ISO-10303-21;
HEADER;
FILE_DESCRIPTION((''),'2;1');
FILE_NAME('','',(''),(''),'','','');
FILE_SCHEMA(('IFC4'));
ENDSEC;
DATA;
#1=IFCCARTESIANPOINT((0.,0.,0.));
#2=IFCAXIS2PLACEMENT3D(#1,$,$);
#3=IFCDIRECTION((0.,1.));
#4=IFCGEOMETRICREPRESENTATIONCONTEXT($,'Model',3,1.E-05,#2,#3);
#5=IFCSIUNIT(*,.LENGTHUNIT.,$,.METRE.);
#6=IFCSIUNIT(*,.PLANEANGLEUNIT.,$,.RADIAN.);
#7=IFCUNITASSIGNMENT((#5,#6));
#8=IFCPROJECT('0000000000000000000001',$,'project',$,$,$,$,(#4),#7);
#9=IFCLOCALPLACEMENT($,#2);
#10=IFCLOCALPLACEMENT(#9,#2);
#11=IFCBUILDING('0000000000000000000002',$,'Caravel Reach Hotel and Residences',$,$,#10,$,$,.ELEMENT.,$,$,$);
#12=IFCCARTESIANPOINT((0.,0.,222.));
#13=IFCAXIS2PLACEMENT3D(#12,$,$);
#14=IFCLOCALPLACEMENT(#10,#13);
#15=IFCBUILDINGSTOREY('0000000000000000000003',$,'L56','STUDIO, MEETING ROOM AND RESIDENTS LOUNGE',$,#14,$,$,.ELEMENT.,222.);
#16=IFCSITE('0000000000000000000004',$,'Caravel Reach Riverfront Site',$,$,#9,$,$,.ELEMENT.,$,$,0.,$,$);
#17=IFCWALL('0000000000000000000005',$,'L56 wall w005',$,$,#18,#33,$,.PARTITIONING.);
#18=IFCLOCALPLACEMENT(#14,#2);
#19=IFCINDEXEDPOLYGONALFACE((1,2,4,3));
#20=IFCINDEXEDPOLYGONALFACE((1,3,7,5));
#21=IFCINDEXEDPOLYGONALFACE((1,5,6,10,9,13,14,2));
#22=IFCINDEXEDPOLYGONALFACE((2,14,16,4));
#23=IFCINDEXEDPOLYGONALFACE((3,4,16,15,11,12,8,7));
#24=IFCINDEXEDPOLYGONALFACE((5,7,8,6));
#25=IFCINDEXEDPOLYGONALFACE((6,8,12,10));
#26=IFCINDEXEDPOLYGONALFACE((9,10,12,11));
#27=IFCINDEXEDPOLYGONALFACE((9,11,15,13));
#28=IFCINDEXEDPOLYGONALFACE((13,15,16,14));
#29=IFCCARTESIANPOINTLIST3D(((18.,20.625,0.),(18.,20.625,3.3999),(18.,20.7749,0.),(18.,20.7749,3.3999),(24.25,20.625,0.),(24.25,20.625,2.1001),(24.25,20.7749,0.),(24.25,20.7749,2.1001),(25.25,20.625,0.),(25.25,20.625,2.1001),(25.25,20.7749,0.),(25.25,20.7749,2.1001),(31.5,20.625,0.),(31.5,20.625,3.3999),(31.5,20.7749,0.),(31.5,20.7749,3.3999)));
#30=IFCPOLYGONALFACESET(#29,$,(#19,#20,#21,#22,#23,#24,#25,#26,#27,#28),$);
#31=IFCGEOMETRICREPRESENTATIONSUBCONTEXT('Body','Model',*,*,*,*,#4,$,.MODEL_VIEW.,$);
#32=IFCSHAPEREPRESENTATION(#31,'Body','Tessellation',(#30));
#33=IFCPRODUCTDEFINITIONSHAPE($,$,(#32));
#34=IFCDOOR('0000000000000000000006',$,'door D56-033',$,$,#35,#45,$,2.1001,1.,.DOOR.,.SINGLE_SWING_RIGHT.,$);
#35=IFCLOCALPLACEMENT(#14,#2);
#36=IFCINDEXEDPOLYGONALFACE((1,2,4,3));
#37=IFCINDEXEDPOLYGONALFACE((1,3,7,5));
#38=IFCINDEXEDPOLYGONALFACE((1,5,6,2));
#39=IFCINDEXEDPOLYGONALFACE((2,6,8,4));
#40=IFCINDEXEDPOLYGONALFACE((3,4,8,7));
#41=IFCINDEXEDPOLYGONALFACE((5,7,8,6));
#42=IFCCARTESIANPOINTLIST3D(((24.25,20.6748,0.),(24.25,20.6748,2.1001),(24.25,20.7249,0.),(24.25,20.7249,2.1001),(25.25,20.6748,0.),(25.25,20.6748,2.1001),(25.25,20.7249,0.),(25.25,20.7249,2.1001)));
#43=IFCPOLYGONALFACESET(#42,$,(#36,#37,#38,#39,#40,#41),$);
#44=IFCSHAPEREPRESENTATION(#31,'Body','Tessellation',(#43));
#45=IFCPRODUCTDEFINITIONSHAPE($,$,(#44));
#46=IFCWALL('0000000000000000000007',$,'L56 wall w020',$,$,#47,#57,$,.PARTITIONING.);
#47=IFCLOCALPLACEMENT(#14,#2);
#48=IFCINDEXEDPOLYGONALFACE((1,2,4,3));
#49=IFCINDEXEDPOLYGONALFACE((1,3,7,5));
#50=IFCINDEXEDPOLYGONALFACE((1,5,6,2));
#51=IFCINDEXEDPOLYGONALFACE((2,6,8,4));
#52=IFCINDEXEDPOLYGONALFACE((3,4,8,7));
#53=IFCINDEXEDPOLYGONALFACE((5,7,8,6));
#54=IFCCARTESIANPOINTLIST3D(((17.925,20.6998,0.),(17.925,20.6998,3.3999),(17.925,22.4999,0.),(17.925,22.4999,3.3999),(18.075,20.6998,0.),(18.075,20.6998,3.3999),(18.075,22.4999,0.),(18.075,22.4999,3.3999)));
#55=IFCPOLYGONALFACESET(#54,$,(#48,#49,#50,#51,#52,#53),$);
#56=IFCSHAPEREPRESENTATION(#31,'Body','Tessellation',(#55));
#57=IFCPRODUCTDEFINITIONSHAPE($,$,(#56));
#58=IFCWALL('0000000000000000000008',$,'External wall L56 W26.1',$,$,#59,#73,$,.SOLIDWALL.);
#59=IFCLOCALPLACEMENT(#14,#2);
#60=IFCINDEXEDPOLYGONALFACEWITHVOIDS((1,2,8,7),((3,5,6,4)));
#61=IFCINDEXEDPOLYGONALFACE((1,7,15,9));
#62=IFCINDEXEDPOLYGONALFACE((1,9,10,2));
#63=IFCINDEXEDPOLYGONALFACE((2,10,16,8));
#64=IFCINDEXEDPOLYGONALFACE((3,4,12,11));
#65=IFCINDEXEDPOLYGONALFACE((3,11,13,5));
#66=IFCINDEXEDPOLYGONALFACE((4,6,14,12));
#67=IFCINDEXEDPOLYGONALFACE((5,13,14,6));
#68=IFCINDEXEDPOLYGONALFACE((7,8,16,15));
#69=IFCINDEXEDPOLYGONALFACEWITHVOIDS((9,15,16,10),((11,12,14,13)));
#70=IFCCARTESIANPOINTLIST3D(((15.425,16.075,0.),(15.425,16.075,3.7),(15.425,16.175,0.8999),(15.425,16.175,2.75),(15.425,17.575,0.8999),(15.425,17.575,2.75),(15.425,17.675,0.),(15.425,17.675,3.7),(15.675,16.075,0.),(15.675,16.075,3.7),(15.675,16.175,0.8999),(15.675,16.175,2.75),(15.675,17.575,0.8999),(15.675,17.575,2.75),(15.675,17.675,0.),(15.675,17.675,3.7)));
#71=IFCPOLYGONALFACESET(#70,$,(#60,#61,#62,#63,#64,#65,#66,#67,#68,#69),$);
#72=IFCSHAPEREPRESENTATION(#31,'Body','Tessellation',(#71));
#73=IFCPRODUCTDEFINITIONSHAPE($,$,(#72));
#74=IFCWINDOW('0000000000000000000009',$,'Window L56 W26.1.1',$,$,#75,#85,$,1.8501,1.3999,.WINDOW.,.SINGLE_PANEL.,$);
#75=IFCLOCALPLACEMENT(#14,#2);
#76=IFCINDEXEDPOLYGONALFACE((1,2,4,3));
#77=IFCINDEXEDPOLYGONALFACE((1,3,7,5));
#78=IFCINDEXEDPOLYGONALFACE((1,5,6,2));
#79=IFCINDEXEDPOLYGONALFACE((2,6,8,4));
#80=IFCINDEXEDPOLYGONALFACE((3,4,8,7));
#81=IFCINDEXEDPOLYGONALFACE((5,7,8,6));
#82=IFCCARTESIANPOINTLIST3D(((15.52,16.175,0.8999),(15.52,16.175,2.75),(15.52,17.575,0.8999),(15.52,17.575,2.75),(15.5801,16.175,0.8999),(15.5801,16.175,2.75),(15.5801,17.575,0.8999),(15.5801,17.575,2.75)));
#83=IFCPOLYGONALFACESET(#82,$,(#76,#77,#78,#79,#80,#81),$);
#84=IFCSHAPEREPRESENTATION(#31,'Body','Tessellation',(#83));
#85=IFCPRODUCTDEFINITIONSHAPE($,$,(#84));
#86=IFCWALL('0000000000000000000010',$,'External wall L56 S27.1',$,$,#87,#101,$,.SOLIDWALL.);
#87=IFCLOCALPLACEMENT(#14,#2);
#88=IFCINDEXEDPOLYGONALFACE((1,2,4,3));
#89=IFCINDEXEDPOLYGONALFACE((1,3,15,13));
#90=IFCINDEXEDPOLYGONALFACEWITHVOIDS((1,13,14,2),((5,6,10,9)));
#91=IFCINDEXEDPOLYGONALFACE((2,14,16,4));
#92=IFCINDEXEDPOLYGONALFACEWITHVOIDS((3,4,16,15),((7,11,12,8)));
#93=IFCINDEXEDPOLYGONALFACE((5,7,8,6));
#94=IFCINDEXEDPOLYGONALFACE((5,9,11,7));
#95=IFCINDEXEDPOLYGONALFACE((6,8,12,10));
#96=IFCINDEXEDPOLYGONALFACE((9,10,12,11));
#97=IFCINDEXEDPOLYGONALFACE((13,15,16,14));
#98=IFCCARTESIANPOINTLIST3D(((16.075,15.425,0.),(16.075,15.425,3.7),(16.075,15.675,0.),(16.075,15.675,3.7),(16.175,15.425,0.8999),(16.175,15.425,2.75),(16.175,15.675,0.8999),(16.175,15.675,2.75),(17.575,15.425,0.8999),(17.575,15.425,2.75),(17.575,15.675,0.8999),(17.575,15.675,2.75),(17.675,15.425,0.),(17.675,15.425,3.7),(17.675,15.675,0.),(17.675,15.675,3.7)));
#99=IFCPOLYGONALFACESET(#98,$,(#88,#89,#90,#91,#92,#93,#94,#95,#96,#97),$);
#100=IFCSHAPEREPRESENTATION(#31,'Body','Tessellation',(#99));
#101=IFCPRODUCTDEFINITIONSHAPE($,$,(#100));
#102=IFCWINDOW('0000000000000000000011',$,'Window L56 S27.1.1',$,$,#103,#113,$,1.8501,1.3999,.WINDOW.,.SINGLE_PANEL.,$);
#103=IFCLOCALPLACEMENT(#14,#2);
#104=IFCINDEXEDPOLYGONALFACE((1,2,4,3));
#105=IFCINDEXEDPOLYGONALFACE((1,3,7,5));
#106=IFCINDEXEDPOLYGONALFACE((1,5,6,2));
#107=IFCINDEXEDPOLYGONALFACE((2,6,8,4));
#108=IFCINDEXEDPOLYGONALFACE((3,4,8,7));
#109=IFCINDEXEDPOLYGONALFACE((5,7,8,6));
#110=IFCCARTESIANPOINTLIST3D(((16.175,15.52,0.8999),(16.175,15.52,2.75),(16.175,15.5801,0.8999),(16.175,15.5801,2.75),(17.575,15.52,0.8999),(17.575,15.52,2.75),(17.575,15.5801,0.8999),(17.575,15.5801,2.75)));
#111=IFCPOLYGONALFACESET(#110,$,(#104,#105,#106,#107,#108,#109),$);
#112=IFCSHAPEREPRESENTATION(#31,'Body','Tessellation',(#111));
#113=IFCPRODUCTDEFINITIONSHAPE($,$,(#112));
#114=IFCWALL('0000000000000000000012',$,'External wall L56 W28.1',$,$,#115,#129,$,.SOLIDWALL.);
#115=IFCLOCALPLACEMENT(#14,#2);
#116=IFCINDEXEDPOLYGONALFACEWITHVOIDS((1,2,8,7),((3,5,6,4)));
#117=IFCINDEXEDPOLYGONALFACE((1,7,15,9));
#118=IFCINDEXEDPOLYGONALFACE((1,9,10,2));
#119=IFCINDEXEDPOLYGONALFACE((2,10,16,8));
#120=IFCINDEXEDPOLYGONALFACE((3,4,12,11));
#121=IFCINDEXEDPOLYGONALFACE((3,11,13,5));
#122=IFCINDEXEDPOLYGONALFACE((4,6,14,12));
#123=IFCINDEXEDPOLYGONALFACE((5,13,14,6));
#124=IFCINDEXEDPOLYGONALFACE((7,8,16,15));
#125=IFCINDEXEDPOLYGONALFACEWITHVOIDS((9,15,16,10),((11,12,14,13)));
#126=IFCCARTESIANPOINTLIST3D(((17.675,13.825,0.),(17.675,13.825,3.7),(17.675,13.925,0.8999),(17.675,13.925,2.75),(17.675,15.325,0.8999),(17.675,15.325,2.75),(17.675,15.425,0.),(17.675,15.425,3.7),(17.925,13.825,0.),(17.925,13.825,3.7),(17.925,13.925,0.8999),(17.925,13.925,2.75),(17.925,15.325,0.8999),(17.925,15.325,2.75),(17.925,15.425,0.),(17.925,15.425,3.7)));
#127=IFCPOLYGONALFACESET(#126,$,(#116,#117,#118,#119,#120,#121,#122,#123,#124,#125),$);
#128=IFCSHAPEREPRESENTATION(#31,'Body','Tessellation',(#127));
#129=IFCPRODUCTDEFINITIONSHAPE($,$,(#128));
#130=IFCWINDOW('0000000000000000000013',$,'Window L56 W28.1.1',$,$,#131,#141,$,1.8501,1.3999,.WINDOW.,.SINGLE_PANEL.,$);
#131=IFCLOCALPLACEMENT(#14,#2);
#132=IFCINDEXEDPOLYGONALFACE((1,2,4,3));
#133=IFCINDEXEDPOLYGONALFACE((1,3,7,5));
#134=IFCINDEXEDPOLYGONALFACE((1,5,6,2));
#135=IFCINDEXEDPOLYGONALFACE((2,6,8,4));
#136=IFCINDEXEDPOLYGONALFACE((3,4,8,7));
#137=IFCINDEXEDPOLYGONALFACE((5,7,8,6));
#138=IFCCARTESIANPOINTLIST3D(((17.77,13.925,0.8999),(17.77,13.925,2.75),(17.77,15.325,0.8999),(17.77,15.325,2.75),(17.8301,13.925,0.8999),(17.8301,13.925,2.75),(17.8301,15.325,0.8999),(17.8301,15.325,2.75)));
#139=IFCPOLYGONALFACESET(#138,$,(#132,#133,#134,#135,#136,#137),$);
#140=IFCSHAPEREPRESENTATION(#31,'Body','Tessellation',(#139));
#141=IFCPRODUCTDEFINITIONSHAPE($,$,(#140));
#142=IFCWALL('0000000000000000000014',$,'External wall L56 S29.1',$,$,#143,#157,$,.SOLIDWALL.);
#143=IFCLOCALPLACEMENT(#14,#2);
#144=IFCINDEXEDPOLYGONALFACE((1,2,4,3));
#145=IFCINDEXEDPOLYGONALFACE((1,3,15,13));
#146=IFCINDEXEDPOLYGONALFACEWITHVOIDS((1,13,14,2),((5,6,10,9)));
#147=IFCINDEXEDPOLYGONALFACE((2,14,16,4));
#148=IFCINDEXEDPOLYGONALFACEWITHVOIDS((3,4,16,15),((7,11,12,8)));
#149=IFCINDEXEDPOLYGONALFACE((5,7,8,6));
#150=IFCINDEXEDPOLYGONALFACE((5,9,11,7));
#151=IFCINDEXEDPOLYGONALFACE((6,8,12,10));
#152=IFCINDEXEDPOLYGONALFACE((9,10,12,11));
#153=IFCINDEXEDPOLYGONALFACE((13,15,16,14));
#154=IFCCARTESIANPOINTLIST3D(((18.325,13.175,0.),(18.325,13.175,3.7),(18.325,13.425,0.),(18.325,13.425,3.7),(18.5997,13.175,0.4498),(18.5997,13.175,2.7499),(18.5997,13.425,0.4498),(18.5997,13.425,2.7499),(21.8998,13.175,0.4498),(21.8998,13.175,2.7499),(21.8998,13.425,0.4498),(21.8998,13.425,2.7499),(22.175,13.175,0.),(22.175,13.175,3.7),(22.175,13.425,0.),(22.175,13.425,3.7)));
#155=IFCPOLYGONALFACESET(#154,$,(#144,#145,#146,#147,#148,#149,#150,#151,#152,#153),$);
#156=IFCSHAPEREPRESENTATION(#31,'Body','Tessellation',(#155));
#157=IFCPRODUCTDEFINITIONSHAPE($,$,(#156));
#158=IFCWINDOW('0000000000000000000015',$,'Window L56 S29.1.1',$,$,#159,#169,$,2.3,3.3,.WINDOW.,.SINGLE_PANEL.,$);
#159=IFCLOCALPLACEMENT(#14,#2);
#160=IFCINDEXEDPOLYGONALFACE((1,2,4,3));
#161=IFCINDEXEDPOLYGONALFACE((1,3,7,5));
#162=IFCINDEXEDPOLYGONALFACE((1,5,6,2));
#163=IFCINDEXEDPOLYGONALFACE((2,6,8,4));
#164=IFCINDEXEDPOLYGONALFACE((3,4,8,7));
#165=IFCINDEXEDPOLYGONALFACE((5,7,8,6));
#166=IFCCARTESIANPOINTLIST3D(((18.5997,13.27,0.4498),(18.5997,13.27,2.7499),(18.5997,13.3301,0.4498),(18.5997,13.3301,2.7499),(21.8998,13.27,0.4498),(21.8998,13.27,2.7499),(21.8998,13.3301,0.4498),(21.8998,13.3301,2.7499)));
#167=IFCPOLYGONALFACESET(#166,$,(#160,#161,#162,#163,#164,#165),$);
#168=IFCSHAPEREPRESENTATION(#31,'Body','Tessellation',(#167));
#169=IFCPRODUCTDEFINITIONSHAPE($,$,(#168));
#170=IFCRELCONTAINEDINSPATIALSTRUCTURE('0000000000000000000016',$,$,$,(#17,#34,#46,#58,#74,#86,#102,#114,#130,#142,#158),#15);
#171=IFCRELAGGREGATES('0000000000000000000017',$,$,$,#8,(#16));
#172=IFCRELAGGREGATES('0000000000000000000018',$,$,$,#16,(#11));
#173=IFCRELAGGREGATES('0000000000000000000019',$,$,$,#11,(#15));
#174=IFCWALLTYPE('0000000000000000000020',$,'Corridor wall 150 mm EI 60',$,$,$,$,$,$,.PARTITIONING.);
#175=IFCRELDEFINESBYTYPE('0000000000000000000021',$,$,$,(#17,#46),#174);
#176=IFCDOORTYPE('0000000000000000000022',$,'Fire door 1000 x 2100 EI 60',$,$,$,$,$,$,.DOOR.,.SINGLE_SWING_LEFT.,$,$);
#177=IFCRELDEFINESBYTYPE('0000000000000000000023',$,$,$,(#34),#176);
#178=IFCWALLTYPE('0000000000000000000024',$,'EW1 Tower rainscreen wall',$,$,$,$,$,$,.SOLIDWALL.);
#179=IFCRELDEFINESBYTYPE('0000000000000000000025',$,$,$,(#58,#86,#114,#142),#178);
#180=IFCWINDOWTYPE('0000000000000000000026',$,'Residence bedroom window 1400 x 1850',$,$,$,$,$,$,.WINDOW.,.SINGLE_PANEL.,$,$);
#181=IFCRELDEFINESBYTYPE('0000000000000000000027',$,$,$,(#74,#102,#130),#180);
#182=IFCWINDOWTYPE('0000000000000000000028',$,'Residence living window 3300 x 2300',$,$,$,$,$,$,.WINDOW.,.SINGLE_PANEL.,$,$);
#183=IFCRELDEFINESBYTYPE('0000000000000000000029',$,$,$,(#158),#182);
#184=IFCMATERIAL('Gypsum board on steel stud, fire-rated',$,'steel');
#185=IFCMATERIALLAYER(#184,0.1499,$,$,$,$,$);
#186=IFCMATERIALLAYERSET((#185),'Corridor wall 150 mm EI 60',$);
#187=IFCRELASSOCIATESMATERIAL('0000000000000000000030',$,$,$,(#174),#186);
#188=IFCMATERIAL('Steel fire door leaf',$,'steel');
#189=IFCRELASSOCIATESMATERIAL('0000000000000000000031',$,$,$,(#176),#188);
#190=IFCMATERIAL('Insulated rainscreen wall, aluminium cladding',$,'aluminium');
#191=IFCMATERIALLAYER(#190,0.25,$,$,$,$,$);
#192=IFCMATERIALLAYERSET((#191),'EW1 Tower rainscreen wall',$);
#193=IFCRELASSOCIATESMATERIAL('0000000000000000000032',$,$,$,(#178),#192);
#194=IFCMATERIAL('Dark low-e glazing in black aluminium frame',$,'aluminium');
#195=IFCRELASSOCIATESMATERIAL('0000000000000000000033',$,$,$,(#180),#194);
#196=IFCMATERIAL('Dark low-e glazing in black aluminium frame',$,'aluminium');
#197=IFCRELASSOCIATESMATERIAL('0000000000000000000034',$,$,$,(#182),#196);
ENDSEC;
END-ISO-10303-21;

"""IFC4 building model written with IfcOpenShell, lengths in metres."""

from ifc_helpers import new_model, si_unit, direction, frame, frame_2d, origin, place, context, subcontext, project, spatial, rectangle, extrude, material, layer, layer_set, type_object, element, fill, save


model = new_model("IFC4")

# Units and contexts
model_context = context("Model", 3, precision=1e-05, world=origin(), true_north=direction((0.0, 1.0)))
body_context = subcontext(model_context, "Body", "Model", "MODEL_VIEW")
ifc_project = project(units=[si_unit("LENGTHUNIT", "METRE"), si_unit("PLANEANGLEUNIT", "RADIAN")], contexts=[model_context])

# Site, building, storey
site_placement = place(None, origin())
site = spatial("IfcSite", under=ifc_project, at=site_placement, Name="Caravel Reach Riverfront Site", CompositionType="ELEMENT", RefElevation=0.0)
building_placement = place(site_placement, origin())
building = spatial("IfcBuilding", under=site, at=building_placement, Name="Caravel Reach Hotel and Residences", CompositionType="ELEMENT")
storey_placement = place(building_placement, frame((0.0, 0.0, 222.0)))
storey = spatial("IfcBuildingStorey", under=building, at=storey_placement, Name="L56", Description="STUDIO, MEETING ROOM AND RESIDENTS LOUNGE", CompositionType="ELEMENT", Elevation=222.0)

# Wall, opening, door
ifc_material_1 = material(Name="Gypsum board on steel stud, fire-rated", Category="steel")
ifc_layer_1 = layer(ifc_material_1, 0.1499)
ifc_layer_set_1 = layer_set([ifc_layer_1], Name="Corridor wall 150 mm EI 60")
wall_type_1 = type_object("IfcWallType", Name="Corridor wall 150 mm EI 60", PredefinedType="PARTITIONING", material=ifc_layer_set_1)
wall_1_placement = place(storey_placement, frame((18.0, 20.7, 0.0), z_axis=(0.0, 0.0, 1.0), x_axis=(1.0, 0.0, 0.0)))
wall_1 = element("IfcWall", 1, at=wall_1_placement, inside=storey, type_object=wall_type_1, Name="L56 wall w005", PredefinedType="PARTITIONING", context=body_context, shape_type="SweptSolid", body=[
    extrude(rectangle(XDim=13.5, YDim=0.1499, at=frame_2d((6.75, 0.0))), origin(), (0.0, 0.0, 1.0), 3.3999),
])
opening_1_placement = place(wall_1_placement, frame((6.25, 0.0, 0.0)))
opening_1 = element("IfcOpeningElement", 2, at=opening_1_placement, cuts=wall_1, PredefinedType="OPENING", context=body_context, shape_type="SweptSolid", body=[
    extrude(rectangle(XDim=1.0, YDim=2.1001, at=frame_2d((0.5, 1.05))), frame((0.0, 0.085, 0.0), z_axis=(0.0, -1.0, 0.0), x_axis=(1.0, 0.0, 0.0)), (0.0, 0.0, 1.0), 0.1699),
])
ifc_material_2 = material(Name="Steel fire door leaf", Category="steel")
door_type = type_object("IfcDoorType", Name="Fire door 1000 x 2100 EI 60", OperationType="SINGLE_SWING_LEFT", PredefinedType="DOOR", material=ifc_material_2)
door_placement = place(opening_1_placement, origin())
door = element("IfcDoor", 3, at=door_placement, inside=storey, type_object=door_type, Name="door D56-033", OperationType="SINGLE_SWING_RIGHT", OverallHeight=2.1001, OverallWidth=1.0, PredefinedType="DOOR", context=body_context, shape_type="SweptSolid", body=[
    extrude(rectangle(XDim=1.0, YDim=2.1001, at=frame_2d((0.5, 1.05))), frame((0.0, 0.0249, 0.0), z_axis=(0.0, -1.0, 0.0), x_axis=(1.0, 0.0, 0.0)), (0.0, 0.0, 1.0), 0.05),
])
fill(opening_1, door)

# Wall
wall_2_placement = place(storey_placement, frame((18.0, 20.7, 0.0), z_axis=(0.0, 0.0, 1.0), x_axis=(0.0, 1.0, 0.0)))
element("IfcWall", 4, at=wall_2_placement, inside=storey, type_object=wall_type_1, Name="L56 wall w020", PredefinedType="PARTITIONING", context=body_context, shape_type="SweptSolid", body=[
    extrude(rectangle(XDim=1.8, YDim=0.1499, at=frame_2d((0.8999, 0.0))), origin(), (0.0, 0.0, 1.0), 3.3999),
])

# Walls, openings, windows
ifc_material_3 = material(Name="Insulated rainscreen wall, aluminium cladding", Category="aluminium")
ifc_layer_2 = layer(ifc_material_3, 0.25)
ifc_layer_set_2 = layer_set([ifc_layer_2], Name="EW1 Tower rainscreen wall")
wall_type_2 = type_object("IfcWallType", Name="EW1 Tower rainscreen wall", PredefinedType="SOLIDWALL", material=ifc_layer_set_2)
wall_3_placement = place(storey_placement, frame((15.55, 17.675, 0.0), z_axis=(0.0, 0.0, 1.0), x_axis=(0.0, -1.0, 0.0)))
wall_3 = element("IfcWall", 5, at=wall_3_placement, inside=storey, type_object=wall_type_2, Name="External wall L56 W26.1", PredefinedType="SOLIDWALL", context=body_context, shape_type="SweptSolid", body=[
    extrude(rectangle(XDim=1.6001, YDim=0.25, at=frame_2d((0.8, 0.0))), origin(), (0.0, 0.0, 1.0), 3.7),
])
opening_2_placement = place(wall_3_placement, frame((0.1001, 0.0, 0.8999)))
opening_2 = element("IfcOpeningElement", 6, at=opening_2_placement, cuts=wall_3, PredefinedType="OPENING", context=body_context, shape_type="SweptSolid", body=[
    extrude(rectangle(XDim=1.3999, YDim=1.8501, at=frame_2d((0.7, 0.925))), frame((0.0, 0.135, 0.0), z_axis=(0.0, -1.0, 0.0), x_axis=(1.0, 0.0, 0.0)), (0.0, 0.0, 1.0), 0.27),
])
ifc_material_4 = material(Name="Dark low-e glazing in black aluminium frame", Category="aluminium")
window_type_1 = type_object("IfcWindowType", Name="Residence bedroom window 1400 x 1850", PartitioningType="SINGLE_PANEL", PredefinedType="WINDOW", material=ifc_material_4)
window_1_placement = place(opening_2_placement, origin())
window_1 = element("IfcWindow", 7, at=window_1_placement, inside=storey, type_object=window_type_1, Name="Window L56 W26.1.1", OverallHeight=1.8501, OverallWidth=1.3999, PartitioningType="SINGLE_PANEL", PredefinedType="WINDOW", context=body_context, shape_type="SweptSolid", body=[
    extrude(rectangle(XDim=1.3999, YDim=1.8501, at=frame_2d((0.7, 0.925))), frame((0.0, 0.03, 0.0), z_axis=(0.0, -1.0, 0.0), x_axis=(1.0, 0.0, 0.0)), (0.0, 0.0, 1.0), 0.0601),
])
fill(opening_2, window_1)
wall_4_placement = place(storey_placement, frame((16.075, 15.55, 0.0), z_axis=(0.0, 0.0, 1.0), x_axis=(1.0, 0.0, 0.0)))
wall_4 = element("IfcWall", 8, at=wall_4_placement, inside=storey, type_object=wall_type_2, Name="External wall L56 S27.1", PredefinedType="SOLIDWALL", context=body_context, shape_type="SweptSolid", body=[
    extrude(rectangle(XDim=1.6001, YDim=0.25, at=frame_2d((0.8, 0.0))), origin(), (0.0, 0.0, 1.0), 3.7),
])
opening_3_placement = place(wall_4_placement, frame((0.1001, 0.0, 0.8999)))
opening_3 = element("IfcOpeningElement", 9, at=opening_3_placement, cuts=wall_4, PredefinedType="OPENING", context=body_context, shape_type="SweptSolid", body=[
    extrude(rectangle(XDim=1.3999, YDim=1.8501, at=frame_2d((0.7, 0.925))), frame((0.0, 0.135, 0.0), z_axis=(0.0, -1.0, 0.0), x_axis=(1.0, 0.0, 0.0)), (0.0, 0.0, 1.0), 0.27),
])
window_2_placement = place(opening_3_placement, origin())
window_2 = element("IfcWindow", 10, at=window_2_placement, inside=storey, type_object=window_type_1, Name="Window L56 S27.1.1", OverallHeight=1.8501, OverallWidth=1.3999, PartitioningType="SINGLE_PANEL", PredefinedType="WINDOW", context=body_context, shape_type="SweptSolid", body=[
    extrude(rectangle(XDim=1.3999, YDim=1.8501, at=frame_2d((0.7, 0.925))), frame((0.0, 0.03, 0.0), z_axis=(0.0, -1.0, 0.0), x_axis=(1.0, 0.0, 0.0)), (0.0, 0.0, 1.0), 0.0601),
])
fill(opening_3, window_2)
wall_5_placement = place(storey_placement, frame((17.8, 15.425, 0.0), z_axis=(0.0, 0.0, 1.0), x_axis=(0.0, -1.0, 0.0)))
wall_5 = element("IfcWall", 11, at=wall_5_placement, inside=storey, type_object=wall_type_2, Name="External wall L56 W28.1", PredefinedType="SOLIDWALL", context=body_context, shape_type="SweptSolid", body=[
    extrude(rectangle(XDim=1.6001, YDim=0.25, at=frame_2d((0.8, 0.0))), origin(), (0.0, 0.0, 1.0), 3.7),
])
opening_4_placement = place(wall_5_placement, frame((0.1001, 0.0, 0.8999)))
opening_4 = element("IfcOpeningElement", 12, at=opening_4_placement, cuts=wall_5, PredefinedType="OPENING", context=body_context, shape_type="SweptSolid", body=[
    extrude(rectangle(XDim=1.3999, YDim=1.8501, at=frame_2d((0.7, 0.925))), frame((0.0, 0.135, 0.0), z_axis=(0.0, -1.0, 0.0), x_axis=(1.0, 0.0, 0.0)), (0.0, 0.0, 1.0), 0.27),
])
window_3_placement = place(opening_4_placement, origin())
window_3 = element("IfcWindow", 13, at=window_3_placement, inside=storey, type_object=window_type_1, Name="Window L56 W28.1.1", OverallHeight=1.8501, OverallWidth=1.3999, PartitioningType="SINGLE_PANEL", PredefinedType="WINDOW", context=body_context, shape_type="SweptSolid", body=[
    extrude(rectangle(XDim=1.3999, YDim=1.8501, at=frame_2d((0.7, 0.925))), frame((0.0, 0.03, 0.0), z_axis=(0.0, -1.0, 0.0), x_axis=(1.0, 0.0, 0.0)), (0.0, 0.0, 1.0), 0.0601),
])
fill(opening_4, window_3)
wall_6_placement = place(storey_placement, frame((18.325, 13.3, 0.0), z_axis=(0.0, 0.0, 1.0), x_axis=(1.0, 0.0, 0.0)))
wall_6 = element("IfcWall", 14, at=wall_6_placement, inside=storey, type_object=wall_type_2, Name="External wall L56 S29.1", PredefinedType="SOLIDWALL", context=body_context, shape_type="SweptSolid", body=[
    extrude(rectangle(XDim=3.8501, YDim=0.25, at=frame_2d((1.925, 0.0))), origin(), (0.0, 0.0, 1.0), 3.7),
])
opening_5_placement = place(wall_6_placement, frame((0.2749, 0.0, 0.45)))
opening_5 = element("IfcOpeningElement", 15, at=opening_5_placement, cuts=wall_6, PredefinedType="OPENING", context=body_context, shape_type="SweptSolid", body=[
    extrude(rectangle(XDim=3.3, YDim=2.3, at=frame_2d((1.6499, 1.1499))), frame((0.0, 0.135, 0.0), z_axis=(0.0, -1.0, 0.0), x_axis=(1.0, 0.0, 0.0)), (0.0, 0.0, 1.0), 0.27),
])
ifc_material_5 = material(Name="Dark low-e glazing in black aluminium frame", Category="aluminium")
window_type_2 = type_object("IfcWindowType", Name="Residence living window 3300 x 2300", PartitioningType="SINGLE_PANEL", PredefinedType="WINDOW", material=ifc_material_5)
window_4_placement = place(opening_5_placement, origin())
window_4 = element("IfcWindow", 16, at=window_4_placement, inside=storey, type_object=window_type_2, Name="Window L56 S29.1.1", OverallHeight=2.3, OverallWidth=3.3, PartitioningType="SINGLE_PANEL", PredefinedType="WINDOW", context=body_context, shape_type="SweptSolid", body=[
    extrude(rectangle(XDim=3.3, YDim=2.3, at=frame_2d((1.6499, 1.1499))), frame((0.0, 0.03, 0.0), z_axis=(0.0, -1.0, 0.0), x_axis=(1.0, 0.0, 0.0)), (0.0, 0.0, 1.0), 0.0601),
])
fill(opening_5, window_4)

save(model, "model.ifc")
